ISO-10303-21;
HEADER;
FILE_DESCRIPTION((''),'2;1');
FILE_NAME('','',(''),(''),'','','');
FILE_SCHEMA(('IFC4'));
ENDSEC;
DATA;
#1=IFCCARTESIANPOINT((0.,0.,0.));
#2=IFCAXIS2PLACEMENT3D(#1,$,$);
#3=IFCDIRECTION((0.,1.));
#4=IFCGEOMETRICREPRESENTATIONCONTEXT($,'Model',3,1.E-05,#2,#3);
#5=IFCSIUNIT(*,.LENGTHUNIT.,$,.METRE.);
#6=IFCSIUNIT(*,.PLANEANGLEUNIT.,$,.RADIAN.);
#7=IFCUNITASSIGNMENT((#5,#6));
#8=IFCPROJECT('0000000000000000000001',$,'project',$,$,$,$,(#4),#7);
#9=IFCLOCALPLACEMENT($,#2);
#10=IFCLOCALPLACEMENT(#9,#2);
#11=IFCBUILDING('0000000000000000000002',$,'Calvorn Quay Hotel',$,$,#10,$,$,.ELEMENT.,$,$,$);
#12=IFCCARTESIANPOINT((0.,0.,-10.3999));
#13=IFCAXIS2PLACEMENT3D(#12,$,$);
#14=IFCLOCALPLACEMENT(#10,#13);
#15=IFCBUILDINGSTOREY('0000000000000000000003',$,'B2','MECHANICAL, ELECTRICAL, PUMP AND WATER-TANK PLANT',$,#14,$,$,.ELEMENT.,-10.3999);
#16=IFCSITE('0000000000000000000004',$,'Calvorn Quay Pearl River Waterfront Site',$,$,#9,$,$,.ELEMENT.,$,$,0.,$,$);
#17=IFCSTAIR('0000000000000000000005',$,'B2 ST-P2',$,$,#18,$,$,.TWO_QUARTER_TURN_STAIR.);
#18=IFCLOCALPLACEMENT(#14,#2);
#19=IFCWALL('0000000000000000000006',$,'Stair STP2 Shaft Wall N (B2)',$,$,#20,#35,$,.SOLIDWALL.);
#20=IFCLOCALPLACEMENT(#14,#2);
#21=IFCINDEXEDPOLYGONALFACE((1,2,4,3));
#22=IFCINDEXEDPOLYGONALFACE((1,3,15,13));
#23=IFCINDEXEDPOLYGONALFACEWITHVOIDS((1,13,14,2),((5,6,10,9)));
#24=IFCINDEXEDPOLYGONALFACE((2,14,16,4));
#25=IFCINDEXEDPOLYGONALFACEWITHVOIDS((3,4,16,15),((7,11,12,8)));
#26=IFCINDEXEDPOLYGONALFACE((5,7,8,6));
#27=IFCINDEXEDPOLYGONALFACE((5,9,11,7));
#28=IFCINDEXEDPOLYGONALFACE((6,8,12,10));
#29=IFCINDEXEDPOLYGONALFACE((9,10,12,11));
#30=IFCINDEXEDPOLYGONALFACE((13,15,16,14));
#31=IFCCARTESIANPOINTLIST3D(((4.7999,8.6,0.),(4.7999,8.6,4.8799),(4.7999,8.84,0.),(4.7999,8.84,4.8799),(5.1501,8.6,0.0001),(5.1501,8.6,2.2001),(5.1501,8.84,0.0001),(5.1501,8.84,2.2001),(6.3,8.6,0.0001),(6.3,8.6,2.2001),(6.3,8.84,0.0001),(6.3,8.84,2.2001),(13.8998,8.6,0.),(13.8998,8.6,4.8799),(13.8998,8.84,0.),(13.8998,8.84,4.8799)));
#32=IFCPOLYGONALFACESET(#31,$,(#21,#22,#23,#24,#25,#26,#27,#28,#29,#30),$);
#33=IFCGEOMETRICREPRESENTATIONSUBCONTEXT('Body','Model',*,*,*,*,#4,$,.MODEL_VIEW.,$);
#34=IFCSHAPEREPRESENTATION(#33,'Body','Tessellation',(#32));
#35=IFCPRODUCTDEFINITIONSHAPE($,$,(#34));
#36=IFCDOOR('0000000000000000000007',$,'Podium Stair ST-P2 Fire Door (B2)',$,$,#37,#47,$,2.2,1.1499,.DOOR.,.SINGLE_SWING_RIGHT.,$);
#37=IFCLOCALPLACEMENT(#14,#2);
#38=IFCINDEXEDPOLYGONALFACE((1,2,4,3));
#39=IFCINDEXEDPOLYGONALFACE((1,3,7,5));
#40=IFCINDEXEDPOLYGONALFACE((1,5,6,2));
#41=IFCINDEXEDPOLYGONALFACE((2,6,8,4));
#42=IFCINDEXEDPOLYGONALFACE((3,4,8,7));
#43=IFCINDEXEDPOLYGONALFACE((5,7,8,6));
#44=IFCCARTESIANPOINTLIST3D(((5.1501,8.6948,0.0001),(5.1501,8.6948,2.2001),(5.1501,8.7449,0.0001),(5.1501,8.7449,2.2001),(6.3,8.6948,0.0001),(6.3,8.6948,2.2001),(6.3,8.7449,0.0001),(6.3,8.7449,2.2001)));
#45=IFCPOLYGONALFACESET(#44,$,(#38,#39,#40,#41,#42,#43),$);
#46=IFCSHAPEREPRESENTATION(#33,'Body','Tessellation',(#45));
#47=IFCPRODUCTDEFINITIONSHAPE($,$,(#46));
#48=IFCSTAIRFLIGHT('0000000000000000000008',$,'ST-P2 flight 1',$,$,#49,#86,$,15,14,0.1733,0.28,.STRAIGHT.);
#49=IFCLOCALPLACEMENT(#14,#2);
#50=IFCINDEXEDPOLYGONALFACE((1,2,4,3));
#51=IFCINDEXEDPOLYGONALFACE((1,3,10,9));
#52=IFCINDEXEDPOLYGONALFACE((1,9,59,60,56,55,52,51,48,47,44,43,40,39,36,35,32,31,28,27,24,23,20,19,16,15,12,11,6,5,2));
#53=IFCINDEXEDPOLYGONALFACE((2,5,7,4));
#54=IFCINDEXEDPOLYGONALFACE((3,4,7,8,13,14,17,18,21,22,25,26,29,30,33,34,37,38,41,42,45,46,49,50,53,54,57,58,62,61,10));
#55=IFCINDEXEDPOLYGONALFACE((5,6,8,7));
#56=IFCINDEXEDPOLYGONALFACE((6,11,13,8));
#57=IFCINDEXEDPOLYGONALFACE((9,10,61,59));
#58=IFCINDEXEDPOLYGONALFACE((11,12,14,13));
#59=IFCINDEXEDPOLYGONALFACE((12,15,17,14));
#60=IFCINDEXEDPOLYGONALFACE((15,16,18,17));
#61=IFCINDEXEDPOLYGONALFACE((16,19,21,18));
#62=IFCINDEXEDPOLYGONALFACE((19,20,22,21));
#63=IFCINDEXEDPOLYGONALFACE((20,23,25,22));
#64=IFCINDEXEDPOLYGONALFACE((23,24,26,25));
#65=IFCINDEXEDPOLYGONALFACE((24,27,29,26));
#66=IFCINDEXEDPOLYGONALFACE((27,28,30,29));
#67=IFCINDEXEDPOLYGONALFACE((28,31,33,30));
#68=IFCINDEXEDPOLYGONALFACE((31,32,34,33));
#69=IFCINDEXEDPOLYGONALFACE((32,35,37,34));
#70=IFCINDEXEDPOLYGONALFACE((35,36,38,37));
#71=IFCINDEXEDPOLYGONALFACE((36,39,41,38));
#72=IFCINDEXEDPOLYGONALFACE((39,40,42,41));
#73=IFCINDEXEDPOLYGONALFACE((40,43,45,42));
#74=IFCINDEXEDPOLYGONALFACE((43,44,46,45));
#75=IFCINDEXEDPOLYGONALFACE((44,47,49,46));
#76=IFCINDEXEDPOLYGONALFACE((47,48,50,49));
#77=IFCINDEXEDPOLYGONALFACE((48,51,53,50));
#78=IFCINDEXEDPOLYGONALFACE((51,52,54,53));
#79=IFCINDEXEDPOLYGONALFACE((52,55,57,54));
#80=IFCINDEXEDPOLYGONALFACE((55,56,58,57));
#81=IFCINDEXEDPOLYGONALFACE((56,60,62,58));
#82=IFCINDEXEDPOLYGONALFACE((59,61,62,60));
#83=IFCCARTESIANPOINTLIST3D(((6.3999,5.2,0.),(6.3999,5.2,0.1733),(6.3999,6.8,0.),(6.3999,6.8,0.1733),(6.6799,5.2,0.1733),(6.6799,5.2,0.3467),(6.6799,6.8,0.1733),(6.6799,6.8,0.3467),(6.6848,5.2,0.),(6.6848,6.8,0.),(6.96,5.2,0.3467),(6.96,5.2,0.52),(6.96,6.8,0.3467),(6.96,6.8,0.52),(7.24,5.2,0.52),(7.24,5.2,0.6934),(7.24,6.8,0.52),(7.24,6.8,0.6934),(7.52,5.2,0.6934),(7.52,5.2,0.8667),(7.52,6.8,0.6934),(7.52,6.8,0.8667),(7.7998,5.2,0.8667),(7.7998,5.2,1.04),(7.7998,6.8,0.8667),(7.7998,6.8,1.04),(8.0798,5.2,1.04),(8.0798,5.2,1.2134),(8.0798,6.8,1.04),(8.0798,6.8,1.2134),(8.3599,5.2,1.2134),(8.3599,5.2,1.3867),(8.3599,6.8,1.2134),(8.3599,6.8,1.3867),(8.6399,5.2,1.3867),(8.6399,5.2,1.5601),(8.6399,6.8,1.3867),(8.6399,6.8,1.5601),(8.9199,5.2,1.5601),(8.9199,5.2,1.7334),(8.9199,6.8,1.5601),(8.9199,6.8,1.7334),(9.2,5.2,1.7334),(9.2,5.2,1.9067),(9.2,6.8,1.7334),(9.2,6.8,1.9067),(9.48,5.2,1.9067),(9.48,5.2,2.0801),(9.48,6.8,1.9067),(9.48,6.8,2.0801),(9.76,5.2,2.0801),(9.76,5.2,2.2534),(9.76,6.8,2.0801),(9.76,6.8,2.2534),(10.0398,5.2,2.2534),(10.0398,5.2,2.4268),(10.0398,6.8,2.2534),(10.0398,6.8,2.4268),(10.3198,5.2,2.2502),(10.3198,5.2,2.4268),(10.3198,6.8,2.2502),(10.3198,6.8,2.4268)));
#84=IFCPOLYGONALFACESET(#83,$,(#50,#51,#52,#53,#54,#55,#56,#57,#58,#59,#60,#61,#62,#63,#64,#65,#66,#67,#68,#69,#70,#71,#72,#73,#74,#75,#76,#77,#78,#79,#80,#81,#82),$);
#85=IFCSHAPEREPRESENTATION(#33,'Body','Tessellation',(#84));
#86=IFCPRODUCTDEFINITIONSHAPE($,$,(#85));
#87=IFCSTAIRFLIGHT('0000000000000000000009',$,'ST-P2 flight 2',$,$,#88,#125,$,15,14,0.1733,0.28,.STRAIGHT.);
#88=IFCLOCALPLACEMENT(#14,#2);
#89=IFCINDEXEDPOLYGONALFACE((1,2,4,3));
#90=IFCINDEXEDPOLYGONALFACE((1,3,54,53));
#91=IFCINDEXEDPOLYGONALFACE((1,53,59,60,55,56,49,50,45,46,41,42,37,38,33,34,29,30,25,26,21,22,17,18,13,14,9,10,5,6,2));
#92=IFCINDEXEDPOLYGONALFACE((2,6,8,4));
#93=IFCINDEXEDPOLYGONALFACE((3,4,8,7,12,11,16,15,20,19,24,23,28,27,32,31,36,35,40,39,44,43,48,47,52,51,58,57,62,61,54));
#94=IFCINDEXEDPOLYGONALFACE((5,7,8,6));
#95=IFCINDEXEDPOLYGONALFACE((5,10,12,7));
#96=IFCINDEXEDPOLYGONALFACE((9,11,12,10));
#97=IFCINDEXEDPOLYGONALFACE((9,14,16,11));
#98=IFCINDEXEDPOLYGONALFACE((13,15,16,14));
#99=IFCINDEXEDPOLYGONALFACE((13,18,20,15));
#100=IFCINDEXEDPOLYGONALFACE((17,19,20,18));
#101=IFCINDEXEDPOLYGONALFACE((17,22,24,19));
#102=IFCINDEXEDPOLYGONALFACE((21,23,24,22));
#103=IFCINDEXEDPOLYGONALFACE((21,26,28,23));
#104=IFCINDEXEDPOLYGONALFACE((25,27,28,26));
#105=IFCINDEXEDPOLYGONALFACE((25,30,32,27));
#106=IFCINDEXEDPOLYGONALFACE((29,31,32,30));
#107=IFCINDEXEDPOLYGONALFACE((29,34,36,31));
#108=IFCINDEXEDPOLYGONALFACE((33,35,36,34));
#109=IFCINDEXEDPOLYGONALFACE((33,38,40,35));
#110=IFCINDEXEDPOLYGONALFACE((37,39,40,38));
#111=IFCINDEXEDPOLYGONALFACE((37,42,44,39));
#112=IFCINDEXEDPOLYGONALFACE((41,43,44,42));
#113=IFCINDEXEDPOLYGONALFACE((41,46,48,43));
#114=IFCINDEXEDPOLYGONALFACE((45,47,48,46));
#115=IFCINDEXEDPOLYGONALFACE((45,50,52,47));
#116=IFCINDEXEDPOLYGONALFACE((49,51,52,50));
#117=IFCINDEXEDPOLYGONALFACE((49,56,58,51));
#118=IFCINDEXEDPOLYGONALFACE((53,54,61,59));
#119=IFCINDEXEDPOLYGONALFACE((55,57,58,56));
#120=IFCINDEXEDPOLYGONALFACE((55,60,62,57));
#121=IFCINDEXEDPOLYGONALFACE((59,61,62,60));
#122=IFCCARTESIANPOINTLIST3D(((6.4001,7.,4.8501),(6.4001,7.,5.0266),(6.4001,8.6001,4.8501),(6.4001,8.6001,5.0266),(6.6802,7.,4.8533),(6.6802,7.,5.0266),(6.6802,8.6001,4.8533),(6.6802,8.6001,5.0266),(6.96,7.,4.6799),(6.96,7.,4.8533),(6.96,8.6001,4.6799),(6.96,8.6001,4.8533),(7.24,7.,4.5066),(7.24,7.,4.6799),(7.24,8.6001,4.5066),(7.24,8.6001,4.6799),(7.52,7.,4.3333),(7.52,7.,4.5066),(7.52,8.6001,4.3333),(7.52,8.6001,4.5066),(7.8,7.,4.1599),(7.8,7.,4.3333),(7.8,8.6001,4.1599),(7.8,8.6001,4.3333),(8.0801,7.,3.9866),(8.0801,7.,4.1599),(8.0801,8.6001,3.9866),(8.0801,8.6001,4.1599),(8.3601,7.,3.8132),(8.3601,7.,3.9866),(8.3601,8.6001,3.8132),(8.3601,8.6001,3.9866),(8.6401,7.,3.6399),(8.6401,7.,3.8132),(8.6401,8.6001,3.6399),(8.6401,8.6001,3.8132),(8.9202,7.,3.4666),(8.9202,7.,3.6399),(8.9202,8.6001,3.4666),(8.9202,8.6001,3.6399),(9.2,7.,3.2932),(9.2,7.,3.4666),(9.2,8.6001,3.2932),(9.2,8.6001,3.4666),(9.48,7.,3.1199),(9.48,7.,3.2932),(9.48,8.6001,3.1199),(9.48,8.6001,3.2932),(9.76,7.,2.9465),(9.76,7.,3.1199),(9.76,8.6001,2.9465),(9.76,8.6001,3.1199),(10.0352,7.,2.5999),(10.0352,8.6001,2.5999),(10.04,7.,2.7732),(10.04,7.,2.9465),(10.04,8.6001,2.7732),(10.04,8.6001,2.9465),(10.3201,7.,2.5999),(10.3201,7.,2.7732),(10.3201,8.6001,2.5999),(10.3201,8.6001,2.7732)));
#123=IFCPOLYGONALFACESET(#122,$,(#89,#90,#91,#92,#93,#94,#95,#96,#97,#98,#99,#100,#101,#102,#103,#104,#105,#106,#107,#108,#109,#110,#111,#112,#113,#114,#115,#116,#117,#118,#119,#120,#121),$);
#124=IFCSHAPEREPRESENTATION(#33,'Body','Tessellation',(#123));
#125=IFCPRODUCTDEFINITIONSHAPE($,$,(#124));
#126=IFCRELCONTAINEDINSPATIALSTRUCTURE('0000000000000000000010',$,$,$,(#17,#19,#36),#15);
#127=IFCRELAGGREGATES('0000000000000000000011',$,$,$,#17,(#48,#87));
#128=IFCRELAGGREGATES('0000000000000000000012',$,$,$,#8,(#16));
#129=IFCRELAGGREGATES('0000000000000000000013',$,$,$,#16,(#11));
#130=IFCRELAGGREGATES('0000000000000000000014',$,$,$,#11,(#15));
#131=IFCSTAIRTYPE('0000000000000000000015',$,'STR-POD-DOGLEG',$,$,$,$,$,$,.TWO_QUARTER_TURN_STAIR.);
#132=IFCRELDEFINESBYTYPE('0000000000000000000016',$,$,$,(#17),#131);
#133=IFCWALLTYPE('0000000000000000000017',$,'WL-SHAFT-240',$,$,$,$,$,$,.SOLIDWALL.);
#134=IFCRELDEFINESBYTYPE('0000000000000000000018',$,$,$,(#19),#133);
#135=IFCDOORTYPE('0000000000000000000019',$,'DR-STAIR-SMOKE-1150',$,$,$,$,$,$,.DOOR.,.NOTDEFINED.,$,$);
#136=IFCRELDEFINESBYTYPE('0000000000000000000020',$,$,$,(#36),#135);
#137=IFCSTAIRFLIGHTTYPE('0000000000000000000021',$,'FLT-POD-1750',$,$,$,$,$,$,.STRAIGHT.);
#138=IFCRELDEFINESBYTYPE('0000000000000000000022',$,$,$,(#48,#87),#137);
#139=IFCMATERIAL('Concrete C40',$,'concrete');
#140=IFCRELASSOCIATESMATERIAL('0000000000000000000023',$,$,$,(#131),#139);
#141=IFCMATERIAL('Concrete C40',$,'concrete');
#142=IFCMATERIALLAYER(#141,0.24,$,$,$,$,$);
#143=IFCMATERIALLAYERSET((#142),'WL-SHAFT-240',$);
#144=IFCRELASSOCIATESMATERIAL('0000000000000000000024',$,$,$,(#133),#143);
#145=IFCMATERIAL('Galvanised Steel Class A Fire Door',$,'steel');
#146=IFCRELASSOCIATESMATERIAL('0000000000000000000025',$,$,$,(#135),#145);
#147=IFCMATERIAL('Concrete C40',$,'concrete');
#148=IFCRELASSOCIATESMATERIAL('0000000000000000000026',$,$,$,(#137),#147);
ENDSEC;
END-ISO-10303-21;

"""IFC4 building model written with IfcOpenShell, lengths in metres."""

from ifc_helpers import new_model, si_unit, direction, frame, frame_2d, origin, place, context, subcontext, project, spatial, polyline, rectangle, outline, extrude, material, layer, layer_set, type_object, element, fill, aggregate, save


model = new_model("IFC4")

# Units and contexts
model_context = context("Model", 3, precision=1e-05, world=origin(), true_north=direction((0.0, 1.0)))
body_context = subcontext(model_context, "Body", "Model", "MODEL_VIEW")
ifc_project = project(units=[si_unit("LENGTHUNIT", "METRE"), si_unit("PLANEANGLEUNIT", "RADIAN")], contexts=[model_context])

# Site, building, storey
site_placement = place(None, origin())
site = spatial("IfcSite", under=ifc_project, at=site_placement, Name="Calvorn Quay Pearl River Waterfront Site", CompositionType="ELEMENT", RefElevation=0.0)
building_placement = place(site_placement, origin())
building = spatial("IfcBuilding", under=site, at=building_placement, Name="Calvorn Quay Hotel", CompositionType="ELEMENT")
storey_placement = place(building_placement, frame((0.0, 0.0, -10.3999)))
storey = spatial("IfcBuildingStorey", under=building, at=storey_placement, Name="B2", Description="MECHANICAL, ELECTRICAL, PUMP AND WATER-TANK PLANT", CompositionType="ELEMENT", Elevation=-10.3999)

# Stair
ifc_material_1 = material(Name="Concrete C40", Category="concrete")
stair_type_1 = type_object("IfcStairType", Name="STR-POD-DOGLEG", PredefinedType="TWO_QUARTER_TURN_STAIR", material=ifc_material_1)
stair_1_placement = place(storey_placement, origin())
stair_1 = element("IfcStair", 1, at=stair_1_placement, inside=storey, type_object=stair_type_1, Name="B2 ST-P2", PredefinedType="TWO_QUARTER_TURN_STAIR")

# Shared definitions
ifc_material_2 = material(Name="Concrete C40", Category="concrete")
ifc_layer_1 = layer(ifc_material_2, 0.24)
ifc_layer_set_1 = layer_set([ifc_layer_1], Name="WL-SHAFT-240")
wall_type_1 = type_object("IfcWallType", Name="WL-SHAFT-240", PredefinedType="SOLIDWALL", material=ifc_layer_set_1)

# Wall, opening, door
wall_1_placement = place(storey_placement, frame((4.8, 8.72, 0.0), z_axis=(0.0, 0.0, 1.0), x_axis=(1.0, 0.0, 0.0)))
wall_1 = element("IfcWall", 2, at=wall_1_placement, inside=storey, type_object=wall_type_1, Name="Stair STP2 Shaft Wall N (B2)", PredefinedType="SOLIDWALL", context=body_context, shape_type="SweptSolid", body=[
    extrude(rectangle(XDim=9.0999, YDim=0.24, at=frame_2d((4.5498, 0.0))), origin(), (0.0, 0.0, 1.0), 4.8799),
])
opening_placement = place(wall_1_placement, frame((0.3501, 0.0, 0.0)))
opening = element("IfcOpeningElement", 3, at=opening_placement, cuts=wall_1, PredefinedType="OPENING", context=body_context, shape_type="SweptSolid", body=[
    extrude(rectangle(XDim=1.1499, YDim=2.2, at=frame_2d((0.575, 1.1001))), frame((0.0, 0.1299, 0.0), z_axis=(0.0, -1.0, 0.0), x_axis=(1.0, 0.0, 0.0)), (0.0, 0.0, 1.0), 0.26),
])
ifc_material_3 = material(Name="Galvanised Steel Class A Fire Door", Category="steel")
door_type = type_object("IfcDoorType", Name="DR-STAIR-SMOKE-1150", OperationType="NOTDEFINED", PredefinedType="DOOR", material=ifc_material_3)
door_placement = place(opening_placement, origin())
door = element("IfcDoor", 4, at=door_placement, inside=storey, type_object=door_type, Name="Podium Stair ST-P2 Fire Door (B2)", OperationType="SINGLE_SWING_RIGHT", OverallHeight=2.2, OverallWidth=1.1499, PredefinedType="DOOR", context=body_context, shape_type="SweptSolid", body=[
    extrude(rectangle(XDim=1.1499, YDim=2.2, at=frame_2d((0.575, 1.1001))), frame((0.0, 0.0249, 0.0), z_axis=(0.0, -1.0, 0.0), x_axis=(1.0, 0.0, 0.0)), (0.0, 0.0, 1.0), 0.05),
])
fill(opening, door)

# Stair flights
ifc_material_4 = material(Name="Concrete C40", Category="concrete")
stair_flight_type = type_object("IfcStairFlightType", Name="FLT-POD-1750", PredefinedType="STRAIGHT", material=ifc_material_4)
stair_flight_1_placement = place(storey_placement, frame((6.3999, 6.0, 0.0), z_axis=(0.0, 0.0, 1.0), x_axis=(1.0, 0.0, 0.0)))
stair_flight_1 = element("IfcStairFlight", 5, at=stair_flight_1_placement, type_object=stair_flight_type, Name="ST-P2 flight 1", NumberOfRisers=15, NumberOfTreads=14, PredefinedType="STRAIGHT", RiserHeight=0.1733, TreadLength=0.28, context=body_context, shape_type="SweptSolid", body=[
    extrude(outline(polyline([(0.0, 0.0), (0.0, 0.1733), (0.28, 0.1733), (0.28, 0.3467), (0.5601, 0.3467), (0.5601, 0.52), (0.8401, 0.52), (0.8401, 0.6934), (1.1201, 0.6934), (1.1201, 0.8667), (1.3999, 0.8667), (1.3999, 1.04), (1.6799, 1.04), (1.6799, 1.2134), (1.96, 1.2134), (1.96, 1.3867), (2.24, 1.3867), (2.24, 1.5601), (2.52, 1.5601), (2.52, 1.7334), (2.8, 1.7334), (2.8, 1.9067), (3.0801, 1.9067), (3.0801, 2.0801), (3.3601, 2.0801), (3.3601, 2.2534), (3.6399, 2.2534), (3.6399, 2.4268), (3.9199, 2.4268), (3.9199, 2.6001), (3.9199, 2.2502), (0.2849, 0.0), (0.0, 0.0)])), frame((0.0, 0.8, 0.0), z_axis=(0.0, -1.0, 0.0), x_axis=(1.0, 0.0, 0.0)), (0.0, 0.0, 1.0), 1.6001),
])
stair_flight_2_placement = place(storey_placement, frame((10.3201, 7.8, 2.5999), z_axis=(0.0, 0.0, 1.0), x_axis=(-1.0, 0.0, 0.0)))
stair_flight_2 = element("IfcStairFlight", 6, at=stair_flight_2_placement, type_object=stair_flight_type, Name="ST-P2 flight 2", NumberOfRisers=15, NumberOfTreads=14, PredefinedType="STRAIGHT", RiserHeight=0.1733, TreadLength=0.28, context=body_context, shape_type="SweptSolid", body=[
    extrude(outline(polyline([(0.0, 0.0), (0.0, 0.1733), (0.28, 0.1733), (0.28, 0.3467), (0.5601, 0.3467), (0.5601, 0.52), (0.8401, 0.52), (0.8401, 0.6934), (1.1201, 0.6934), (1.1201, 0.8667), (1.3999, 0.8667), (1.3999, 1.04), (1.6799, 1.04), (1.6799, 1.2134), (1.96, 1.2134), (1.96, 1.3867), (2.24, 1.3867), (2.24, 1.5601), (2.52, 1.5601), (2.52, 1.7334), (2.8, 1.7334), (2.8, 1.9067), (3.0801, 1.9067), (3.0801, 2.0801), (3.3601, 2.0801), (3.3601, 2.2534), (3.6399, 2.2534), (3.6399, 2.4268), (3.9199, 2.4268), (3.9199, 2.6001), (3.9199, 2.2502), (0.2849, 0.0), (0.0, 0.0)])), frame((0.0, 0.8, 0.0), z_axis=(0.0, -1.0, 0.0), x_axis=(1.0, 0.0, 0.0)), (0.0, 0.0, 1.0), 1.6001),
])
aggregate(stair_1, [stair_flight_1, stair_flight_2])

save(model, "model.ifc")
